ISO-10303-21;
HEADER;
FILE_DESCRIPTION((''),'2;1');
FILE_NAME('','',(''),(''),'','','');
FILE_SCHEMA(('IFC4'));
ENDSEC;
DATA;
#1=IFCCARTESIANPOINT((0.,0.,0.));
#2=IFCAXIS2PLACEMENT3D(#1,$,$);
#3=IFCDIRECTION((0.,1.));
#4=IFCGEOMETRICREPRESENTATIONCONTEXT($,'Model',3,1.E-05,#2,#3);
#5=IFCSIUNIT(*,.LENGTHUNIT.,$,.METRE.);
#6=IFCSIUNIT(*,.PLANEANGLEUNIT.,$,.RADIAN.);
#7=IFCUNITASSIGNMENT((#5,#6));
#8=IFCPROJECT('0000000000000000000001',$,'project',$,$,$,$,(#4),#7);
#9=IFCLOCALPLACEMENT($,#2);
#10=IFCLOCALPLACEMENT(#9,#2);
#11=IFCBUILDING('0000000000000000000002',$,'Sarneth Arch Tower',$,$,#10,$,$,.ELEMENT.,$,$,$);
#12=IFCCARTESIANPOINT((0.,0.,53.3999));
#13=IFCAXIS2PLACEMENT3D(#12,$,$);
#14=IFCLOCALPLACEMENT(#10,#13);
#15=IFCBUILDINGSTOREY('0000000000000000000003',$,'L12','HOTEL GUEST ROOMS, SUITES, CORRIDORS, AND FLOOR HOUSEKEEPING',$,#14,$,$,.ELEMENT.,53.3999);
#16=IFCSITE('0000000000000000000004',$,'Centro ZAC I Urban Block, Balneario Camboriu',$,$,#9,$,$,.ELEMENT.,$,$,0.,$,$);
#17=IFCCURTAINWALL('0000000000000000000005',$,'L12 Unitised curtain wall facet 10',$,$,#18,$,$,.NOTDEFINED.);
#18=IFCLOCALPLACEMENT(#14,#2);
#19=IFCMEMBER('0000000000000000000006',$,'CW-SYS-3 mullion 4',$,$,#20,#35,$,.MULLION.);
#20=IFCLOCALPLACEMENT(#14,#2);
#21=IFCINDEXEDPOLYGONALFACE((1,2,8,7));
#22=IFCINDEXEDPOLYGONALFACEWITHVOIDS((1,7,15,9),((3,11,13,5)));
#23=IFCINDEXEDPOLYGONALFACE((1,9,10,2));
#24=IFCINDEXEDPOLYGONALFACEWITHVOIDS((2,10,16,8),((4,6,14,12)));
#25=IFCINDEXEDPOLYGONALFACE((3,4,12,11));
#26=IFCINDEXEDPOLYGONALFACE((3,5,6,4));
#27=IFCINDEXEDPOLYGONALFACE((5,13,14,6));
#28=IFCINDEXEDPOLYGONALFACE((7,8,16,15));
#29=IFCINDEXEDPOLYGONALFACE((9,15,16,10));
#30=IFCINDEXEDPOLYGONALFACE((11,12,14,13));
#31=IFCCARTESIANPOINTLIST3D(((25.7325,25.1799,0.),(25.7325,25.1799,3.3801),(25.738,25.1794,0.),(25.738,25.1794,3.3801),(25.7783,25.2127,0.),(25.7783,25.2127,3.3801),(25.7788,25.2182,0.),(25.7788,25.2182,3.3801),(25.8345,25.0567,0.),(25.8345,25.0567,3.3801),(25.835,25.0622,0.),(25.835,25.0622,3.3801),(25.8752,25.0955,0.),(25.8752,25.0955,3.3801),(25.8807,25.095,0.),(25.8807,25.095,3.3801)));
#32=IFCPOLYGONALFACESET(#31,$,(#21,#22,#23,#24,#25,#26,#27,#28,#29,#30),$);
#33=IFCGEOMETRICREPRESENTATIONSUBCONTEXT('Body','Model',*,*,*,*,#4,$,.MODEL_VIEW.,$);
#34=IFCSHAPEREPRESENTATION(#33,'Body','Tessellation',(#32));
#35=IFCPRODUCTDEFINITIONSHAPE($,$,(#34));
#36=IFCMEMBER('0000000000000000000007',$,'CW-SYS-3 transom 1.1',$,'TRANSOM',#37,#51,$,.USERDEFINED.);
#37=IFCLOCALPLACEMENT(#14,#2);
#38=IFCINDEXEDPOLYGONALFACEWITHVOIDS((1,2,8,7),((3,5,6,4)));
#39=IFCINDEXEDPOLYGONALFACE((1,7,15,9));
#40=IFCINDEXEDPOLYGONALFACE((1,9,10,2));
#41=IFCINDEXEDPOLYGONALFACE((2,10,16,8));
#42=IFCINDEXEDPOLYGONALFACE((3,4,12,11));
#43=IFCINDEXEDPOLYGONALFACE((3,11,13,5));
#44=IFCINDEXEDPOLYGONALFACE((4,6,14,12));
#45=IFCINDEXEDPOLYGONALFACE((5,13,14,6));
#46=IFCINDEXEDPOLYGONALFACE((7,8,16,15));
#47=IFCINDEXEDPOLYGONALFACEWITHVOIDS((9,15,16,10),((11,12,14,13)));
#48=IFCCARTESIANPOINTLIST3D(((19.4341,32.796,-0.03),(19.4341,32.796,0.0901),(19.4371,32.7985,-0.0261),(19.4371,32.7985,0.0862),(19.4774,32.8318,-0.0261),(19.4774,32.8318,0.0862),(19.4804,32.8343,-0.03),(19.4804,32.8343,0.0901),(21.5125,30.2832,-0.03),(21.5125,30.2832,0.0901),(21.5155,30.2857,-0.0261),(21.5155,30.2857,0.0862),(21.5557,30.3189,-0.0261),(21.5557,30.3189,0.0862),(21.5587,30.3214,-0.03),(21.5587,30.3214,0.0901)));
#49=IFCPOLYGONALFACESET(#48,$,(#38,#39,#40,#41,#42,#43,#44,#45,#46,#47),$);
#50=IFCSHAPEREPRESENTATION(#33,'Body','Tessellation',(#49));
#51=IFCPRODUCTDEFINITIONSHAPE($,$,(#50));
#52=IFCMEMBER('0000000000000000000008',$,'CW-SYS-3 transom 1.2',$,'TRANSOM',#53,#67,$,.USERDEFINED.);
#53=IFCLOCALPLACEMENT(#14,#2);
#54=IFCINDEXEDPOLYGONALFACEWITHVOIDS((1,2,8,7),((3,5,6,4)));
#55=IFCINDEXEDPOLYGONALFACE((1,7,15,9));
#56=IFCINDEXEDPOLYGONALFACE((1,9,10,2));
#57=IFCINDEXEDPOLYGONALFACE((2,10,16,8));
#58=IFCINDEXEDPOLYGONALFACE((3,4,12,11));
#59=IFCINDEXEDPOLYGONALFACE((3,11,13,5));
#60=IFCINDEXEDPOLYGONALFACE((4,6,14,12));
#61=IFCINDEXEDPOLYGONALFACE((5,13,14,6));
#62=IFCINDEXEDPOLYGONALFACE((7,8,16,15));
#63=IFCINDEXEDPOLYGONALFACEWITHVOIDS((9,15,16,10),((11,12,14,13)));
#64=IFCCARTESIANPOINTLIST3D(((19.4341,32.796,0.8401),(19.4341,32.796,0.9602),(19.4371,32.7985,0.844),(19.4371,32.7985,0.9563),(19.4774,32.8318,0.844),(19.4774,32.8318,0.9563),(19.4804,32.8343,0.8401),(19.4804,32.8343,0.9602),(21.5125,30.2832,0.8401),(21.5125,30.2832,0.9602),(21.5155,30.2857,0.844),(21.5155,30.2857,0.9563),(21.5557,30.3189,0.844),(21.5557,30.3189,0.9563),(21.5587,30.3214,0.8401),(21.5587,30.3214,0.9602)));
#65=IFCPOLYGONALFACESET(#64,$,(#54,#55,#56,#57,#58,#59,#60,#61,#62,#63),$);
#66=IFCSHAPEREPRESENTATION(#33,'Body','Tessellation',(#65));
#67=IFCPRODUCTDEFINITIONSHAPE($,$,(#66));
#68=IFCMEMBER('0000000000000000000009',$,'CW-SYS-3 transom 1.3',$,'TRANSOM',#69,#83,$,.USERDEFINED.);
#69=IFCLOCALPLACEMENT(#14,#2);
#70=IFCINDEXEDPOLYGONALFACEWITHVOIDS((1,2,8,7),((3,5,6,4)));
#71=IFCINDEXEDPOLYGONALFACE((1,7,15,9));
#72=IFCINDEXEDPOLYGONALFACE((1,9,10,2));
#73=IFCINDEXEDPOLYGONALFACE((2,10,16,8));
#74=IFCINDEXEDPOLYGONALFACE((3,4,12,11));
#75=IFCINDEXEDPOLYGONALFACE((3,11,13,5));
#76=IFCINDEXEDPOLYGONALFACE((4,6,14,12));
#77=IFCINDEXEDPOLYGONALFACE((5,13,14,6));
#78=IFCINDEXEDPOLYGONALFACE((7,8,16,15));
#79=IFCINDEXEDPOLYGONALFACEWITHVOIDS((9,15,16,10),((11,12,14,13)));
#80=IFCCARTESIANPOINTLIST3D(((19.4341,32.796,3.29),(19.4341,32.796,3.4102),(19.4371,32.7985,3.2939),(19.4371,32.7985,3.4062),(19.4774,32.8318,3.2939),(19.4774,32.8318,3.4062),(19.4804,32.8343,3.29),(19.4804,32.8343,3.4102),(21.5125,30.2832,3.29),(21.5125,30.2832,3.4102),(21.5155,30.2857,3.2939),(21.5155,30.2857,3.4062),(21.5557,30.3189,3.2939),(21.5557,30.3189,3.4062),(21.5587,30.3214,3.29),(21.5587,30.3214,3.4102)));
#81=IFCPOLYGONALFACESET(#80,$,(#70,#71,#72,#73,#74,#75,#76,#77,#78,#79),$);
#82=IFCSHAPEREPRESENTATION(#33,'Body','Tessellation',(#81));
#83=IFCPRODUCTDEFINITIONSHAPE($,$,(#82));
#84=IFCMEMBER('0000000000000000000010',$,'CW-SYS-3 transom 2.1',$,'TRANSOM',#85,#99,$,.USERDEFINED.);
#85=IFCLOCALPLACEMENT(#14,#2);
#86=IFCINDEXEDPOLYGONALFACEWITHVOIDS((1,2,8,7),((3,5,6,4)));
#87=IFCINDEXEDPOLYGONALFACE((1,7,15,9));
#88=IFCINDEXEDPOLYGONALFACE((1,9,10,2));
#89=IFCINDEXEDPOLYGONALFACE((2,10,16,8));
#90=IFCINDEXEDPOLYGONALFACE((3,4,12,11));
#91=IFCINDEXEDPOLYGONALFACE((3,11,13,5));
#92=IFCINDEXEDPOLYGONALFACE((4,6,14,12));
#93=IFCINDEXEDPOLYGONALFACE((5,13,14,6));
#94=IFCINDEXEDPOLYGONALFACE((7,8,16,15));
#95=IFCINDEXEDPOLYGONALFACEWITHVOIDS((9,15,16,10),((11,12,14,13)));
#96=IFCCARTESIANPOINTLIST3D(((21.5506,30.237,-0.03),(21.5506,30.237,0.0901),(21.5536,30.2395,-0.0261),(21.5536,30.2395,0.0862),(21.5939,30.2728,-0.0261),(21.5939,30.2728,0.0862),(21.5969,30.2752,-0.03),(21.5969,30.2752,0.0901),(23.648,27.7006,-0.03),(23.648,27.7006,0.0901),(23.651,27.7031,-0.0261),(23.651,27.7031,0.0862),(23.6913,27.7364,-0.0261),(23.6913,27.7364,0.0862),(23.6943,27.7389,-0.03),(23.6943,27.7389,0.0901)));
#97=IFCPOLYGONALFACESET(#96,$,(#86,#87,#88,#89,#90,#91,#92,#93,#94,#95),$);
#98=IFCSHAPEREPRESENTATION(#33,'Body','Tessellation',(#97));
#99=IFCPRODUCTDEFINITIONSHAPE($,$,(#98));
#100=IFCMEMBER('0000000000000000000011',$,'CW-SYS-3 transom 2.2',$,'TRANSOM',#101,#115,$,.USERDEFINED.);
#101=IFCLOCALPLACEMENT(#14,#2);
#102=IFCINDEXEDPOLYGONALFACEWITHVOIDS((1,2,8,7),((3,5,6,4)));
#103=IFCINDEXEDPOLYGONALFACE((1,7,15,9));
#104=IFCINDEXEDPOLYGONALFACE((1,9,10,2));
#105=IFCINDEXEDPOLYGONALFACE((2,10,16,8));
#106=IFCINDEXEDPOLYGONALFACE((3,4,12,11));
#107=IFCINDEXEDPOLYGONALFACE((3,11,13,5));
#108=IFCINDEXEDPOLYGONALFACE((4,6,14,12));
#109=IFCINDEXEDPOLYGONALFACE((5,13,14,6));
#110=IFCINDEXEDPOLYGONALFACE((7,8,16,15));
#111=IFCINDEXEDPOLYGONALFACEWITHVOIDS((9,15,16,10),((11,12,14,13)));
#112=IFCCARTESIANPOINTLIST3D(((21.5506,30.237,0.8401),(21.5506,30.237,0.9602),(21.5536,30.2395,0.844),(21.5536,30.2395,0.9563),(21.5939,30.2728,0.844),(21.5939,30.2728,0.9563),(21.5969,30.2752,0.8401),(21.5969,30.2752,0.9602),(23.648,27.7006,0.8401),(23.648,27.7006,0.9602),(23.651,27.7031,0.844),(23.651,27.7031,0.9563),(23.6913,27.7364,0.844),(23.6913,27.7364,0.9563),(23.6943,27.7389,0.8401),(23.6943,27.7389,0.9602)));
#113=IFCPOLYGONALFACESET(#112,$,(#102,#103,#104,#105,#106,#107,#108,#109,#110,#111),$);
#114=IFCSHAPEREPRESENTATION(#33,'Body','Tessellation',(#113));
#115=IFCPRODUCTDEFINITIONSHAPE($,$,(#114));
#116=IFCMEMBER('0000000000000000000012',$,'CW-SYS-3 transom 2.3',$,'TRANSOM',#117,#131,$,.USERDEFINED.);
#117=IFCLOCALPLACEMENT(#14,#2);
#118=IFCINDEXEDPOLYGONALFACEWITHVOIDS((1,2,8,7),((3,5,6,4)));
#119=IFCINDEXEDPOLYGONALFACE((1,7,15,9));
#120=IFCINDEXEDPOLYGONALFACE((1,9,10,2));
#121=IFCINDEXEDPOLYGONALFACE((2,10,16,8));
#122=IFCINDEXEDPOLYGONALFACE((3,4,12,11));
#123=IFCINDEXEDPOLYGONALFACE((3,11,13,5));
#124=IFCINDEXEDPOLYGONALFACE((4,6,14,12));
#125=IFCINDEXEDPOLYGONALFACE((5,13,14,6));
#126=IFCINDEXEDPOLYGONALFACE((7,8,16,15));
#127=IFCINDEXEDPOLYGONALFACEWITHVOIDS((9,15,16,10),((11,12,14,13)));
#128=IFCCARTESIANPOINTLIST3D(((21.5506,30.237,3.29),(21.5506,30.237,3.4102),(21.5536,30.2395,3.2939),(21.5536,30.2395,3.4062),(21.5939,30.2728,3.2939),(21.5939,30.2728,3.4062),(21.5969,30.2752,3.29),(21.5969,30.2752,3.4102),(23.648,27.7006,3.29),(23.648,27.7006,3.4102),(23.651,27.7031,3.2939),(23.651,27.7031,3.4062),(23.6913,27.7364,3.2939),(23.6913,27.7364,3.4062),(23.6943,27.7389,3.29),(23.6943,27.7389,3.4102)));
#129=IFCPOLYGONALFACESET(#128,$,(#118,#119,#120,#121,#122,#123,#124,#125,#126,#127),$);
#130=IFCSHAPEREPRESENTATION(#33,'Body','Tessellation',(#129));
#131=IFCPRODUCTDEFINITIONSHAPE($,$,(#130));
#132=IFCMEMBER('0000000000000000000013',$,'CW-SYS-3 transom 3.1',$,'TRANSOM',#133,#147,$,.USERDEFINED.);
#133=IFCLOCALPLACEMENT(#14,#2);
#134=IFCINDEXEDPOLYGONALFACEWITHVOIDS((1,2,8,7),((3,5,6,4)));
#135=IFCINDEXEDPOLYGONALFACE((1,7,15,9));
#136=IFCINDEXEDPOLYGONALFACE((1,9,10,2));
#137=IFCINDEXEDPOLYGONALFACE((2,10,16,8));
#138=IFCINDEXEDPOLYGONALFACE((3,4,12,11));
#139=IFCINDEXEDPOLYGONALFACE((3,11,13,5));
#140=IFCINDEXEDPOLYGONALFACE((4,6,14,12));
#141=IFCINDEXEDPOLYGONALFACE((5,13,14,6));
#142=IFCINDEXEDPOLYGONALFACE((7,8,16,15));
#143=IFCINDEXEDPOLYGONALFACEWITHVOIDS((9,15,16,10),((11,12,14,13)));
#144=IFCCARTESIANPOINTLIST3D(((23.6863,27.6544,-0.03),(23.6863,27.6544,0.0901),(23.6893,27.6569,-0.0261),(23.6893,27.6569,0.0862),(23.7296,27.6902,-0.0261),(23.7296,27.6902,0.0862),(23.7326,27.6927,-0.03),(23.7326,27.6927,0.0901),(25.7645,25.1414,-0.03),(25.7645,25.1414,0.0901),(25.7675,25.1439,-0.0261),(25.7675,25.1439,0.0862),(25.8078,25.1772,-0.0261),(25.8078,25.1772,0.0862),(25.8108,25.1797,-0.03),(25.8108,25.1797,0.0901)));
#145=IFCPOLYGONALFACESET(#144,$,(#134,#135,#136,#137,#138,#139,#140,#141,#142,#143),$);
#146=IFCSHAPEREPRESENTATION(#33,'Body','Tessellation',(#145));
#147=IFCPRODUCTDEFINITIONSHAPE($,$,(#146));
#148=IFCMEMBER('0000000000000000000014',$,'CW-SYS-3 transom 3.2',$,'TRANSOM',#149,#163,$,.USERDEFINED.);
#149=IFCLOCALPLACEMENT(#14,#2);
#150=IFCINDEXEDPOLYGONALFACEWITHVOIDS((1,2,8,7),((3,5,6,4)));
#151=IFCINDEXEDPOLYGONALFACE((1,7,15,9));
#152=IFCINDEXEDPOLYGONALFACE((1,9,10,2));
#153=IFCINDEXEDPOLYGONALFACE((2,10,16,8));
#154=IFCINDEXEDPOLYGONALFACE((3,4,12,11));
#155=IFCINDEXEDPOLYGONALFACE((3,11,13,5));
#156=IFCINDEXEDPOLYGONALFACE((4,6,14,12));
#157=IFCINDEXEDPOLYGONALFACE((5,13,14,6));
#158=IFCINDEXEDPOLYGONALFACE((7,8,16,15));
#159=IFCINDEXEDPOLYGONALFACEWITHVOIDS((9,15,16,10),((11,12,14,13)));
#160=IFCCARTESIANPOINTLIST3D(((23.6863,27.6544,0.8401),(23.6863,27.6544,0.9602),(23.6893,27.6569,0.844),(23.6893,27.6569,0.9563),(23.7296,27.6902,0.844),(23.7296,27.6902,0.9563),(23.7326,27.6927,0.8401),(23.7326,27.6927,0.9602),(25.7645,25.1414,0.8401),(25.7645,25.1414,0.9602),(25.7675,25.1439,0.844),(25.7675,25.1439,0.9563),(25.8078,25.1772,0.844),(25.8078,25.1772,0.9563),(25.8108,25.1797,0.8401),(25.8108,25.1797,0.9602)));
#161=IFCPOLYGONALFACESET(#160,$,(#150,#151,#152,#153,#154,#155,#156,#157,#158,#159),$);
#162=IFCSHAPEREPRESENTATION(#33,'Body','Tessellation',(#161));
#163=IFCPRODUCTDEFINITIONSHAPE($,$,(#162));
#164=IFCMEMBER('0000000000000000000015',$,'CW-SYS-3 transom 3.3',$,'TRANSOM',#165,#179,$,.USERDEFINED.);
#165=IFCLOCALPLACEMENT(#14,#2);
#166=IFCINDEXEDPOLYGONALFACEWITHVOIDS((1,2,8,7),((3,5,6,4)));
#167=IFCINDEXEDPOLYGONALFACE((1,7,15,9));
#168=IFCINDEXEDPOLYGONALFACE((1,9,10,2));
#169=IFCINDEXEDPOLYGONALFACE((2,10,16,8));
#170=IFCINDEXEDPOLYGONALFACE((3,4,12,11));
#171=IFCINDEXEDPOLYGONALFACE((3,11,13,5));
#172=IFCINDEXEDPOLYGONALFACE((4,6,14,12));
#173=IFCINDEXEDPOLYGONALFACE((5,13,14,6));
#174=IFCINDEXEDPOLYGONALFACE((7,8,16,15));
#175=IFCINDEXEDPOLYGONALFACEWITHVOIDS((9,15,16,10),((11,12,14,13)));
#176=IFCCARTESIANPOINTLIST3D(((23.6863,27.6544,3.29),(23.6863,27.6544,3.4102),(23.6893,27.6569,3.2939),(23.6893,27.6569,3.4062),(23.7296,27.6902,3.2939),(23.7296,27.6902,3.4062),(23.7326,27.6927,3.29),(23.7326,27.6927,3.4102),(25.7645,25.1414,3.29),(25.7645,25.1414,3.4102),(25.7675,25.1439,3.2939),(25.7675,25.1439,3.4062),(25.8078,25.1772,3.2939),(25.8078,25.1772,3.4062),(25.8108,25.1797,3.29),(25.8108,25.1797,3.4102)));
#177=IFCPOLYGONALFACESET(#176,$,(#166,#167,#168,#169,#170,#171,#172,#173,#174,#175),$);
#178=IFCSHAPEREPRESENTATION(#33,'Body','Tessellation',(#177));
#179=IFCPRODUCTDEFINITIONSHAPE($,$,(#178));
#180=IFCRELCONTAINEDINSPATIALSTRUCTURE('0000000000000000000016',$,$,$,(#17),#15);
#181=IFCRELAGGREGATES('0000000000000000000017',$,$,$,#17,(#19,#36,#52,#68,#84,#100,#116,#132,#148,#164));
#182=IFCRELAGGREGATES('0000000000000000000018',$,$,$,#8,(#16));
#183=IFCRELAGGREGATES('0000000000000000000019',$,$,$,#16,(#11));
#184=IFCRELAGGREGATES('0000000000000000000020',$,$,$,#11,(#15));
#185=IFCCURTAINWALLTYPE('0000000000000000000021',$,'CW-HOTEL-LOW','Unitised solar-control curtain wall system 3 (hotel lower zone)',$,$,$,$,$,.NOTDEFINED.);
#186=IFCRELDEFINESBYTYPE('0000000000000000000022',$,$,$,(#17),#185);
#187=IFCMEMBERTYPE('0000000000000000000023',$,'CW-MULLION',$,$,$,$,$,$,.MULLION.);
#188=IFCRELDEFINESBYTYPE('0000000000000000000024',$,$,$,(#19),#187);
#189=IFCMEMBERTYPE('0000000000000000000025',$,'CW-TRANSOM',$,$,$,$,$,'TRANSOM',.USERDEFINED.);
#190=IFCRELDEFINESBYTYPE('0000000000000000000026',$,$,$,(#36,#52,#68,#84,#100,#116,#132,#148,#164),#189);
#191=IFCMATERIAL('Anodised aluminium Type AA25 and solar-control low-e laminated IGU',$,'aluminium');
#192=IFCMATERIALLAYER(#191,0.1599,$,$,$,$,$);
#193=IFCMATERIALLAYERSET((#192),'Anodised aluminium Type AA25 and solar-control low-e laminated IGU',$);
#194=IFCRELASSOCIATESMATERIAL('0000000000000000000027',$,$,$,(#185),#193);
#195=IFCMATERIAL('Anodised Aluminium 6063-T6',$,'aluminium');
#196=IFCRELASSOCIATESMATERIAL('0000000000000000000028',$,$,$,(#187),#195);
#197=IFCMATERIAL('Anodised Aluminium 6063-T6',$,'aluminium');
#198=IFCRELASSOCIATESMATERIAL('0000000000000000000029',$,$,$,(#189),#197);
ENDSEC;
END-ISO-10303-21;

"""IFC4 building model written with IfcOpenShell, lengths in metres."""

from ifc_helpers import new_model, si_unit, direction, frame, origin, origin_2d, place, context, subcontext, project, spatial, hollow_rectangle, extrude, material, layer, layer_set, material_profile, profile_set, type_object, element, aggregate, save


model = new_model("IFC4")

# Units and contexts
model_context = context("Model", 3, precision=1e-05, world=origin(), true_north=direction((0.0, 1.0)))
body_context = subcontext(model_context, "Body", "Model", "MODEL_VIEW")
ifc_project = project(units=[si_unit("LENGTHUNIT", "METRE"), si_unit("PLANEANGLEUNIT", "RADIAN")], contexts=[model_context])

# Site, building, storey
site_placement = place(None, origin())
site = spatial("IfcSite", under=ifc_project, at=site_placement, Name="Centro ZAC I Urban Block, Balneario Camboriu", CompositionType="ELEMENT", RefElevation=0.0)
building_placement = place(site_placement, origin())
building = spatial("IfcBuilding", under=site, at=building_placement, Name="Sarneth Arch Tower", CompositionType="ELEMENT")
storey_placement = place(building_placement, frame((0.0, 0.0, 53.3999)))
storey = spatial("IfcBuildingStorey", under=building, at=storey_placement, Name="L12", Description="HOTEL GUEST ROOMS, SUITES, CORRIDORS, AND FLOOR HOUSEKEEPING", CompositionType="ELEMENT", Elevation=53.3999)

# Curtain wall, members
ifc_material_1 = material(Name="Anodised aluminium Type AA25 and solar-control low-e laminated IGU", Category="aluminium")
ifc_layer_1 = layer(ifc_material_1, 0.1599)
ifc_layer_set_1 = layer_set([ifc_layer_1], Name="Anodised aluminium Type AA25 and solar-control low-e laminated IGU")
curtain_wall_type = type_object("IfcCurtainWallType", Name="CW-HOTEL-LOW", Description="Unitised solar-control curtain wall system 3 (hotel lower zone)", PredefinedType="NOTDEFINED", material=ifc_layer_set_1)
curtain_wall_placement = place(storey_placement, origin())
curtain_wall = element("IfcCurtainWall", 1, at=curtain_wall_placement, inside=storey, type_object=curtain_wall_type, Name="L12 Unitised curtain wall facet 10", PredefinedType="NOTDEFINED")
ifc_material_2 = material(Name="Anodised Aluminium 6063-T6", Category="aluminium")
ifc_material_profile_1 = material_profile(ifc_material_2, hollow_rectangle(XDim=0.0601, YDim=0.1599, WallThickness=0.0039, at=origin_2d()), Name="AL-MULL-160x60x4")
ifc_profile_set_1 = profile_set([ifc_material_profile_1], Name="Anodised Aluminium 6063-T6")
member_type_1 = type_object("IfcMemberType", Name="CW-MULLION", PredefinedType="MULLION", material=ifc_profile_set_1)
member_1_placement = place(storey_placement, frame((25.8066, 25.1375, 0.0), z_axis=(0.0, 0.0, 1.0), x_axis=(0.770623, 0.637291, 0.0)))
member_1 = element("IfcMember", 2, at=member_1_placement, type_object=member_type_1, Name="CW-SYS-3 mullion 4", PredefinedType="MULLION", context=body_context, shape_type="SweptSolid", body=[
    extrude(hollow_rectangle(XDim=0.0601, YDim=0.1599, WallThickness=0.0039, at=origin_2d()), origin(), (0.0, 0.0, 1.0), 3.3801),
])
ifc_material_3 = material(Name="Anodised Aluminium 6063-T6", Category="aluminium")
ifc_material_profile_2 = material_profile(ifc_material_3, hollow_rectangle(XDim=0.0601, YDim=0.1201, WallThickness=0.0039, at=origin_2d()), Name="AL-TRAN-120x60x4")
ifc_profile_set_2 = profile_set([ifc_material_profile_2], Name="Anodised Aluminium 6063-T6")
member_type_2 = type_object("IfcMemberType", Name="CW-TRANSOM", ElementType="TRANSOM", PredefinedType="USERDEFINED", material=ifc_profile_set_2)
member_2_placement = place(storey_placement, frame((19.4573, 32.8152, 0.03), z_axis=(0.63733, -0.770591, 0.0), x_axis=(0.770591, 0.63733, 0.0)))
member_2 = element("IfcMember", 3, at=member_2_placement, type_object=member_type_2, Name="CW-SYS-3 transom 1.1", ObjectType="TRANSOM", PredefinedType="USERDEFINED", context=body_context, shape_type="SweptSolid", body=[
    extrude(hollow_rectangle(XDim=0.0601, YDim=0.1201, WallThickness=0.0039, at=origin_2d()), origin(), (0.0, 0.0, 1.0), 3.261),
])
member_3_placement = place(storey_placement, frame((19.4573, 32.8152, 0.9001), z_axis=(0.63733, -0.770591, 0.0), x_axis=(0.770591, 0.63733, 0.0)))
member_3 = element("IfcMember", 4, at=member_3_placement, type_object=member_type_2, Name="CW-SYS-3 transom 1.2", ObjectType="TRANSOM", PredefinedType="USERDEFINED", context=body_context, shape_type="SweptSolid", body=[
    extrude(hollow_rectangle(XDim=0.0601, YDim=0.1201, WallThickness=0.0039, at=origin_2d()), origin(), (0.0, 0.0, 1.0), 3.261),
])
member_4_placement = place(storey_placement, frame((19.4573, 32.8152, 3.3501), z_axis=(0.63733, -0.770591, 0.0), x_axis=(0.770591, 0.63733, 0.0)))
member_4 = element("IfcMember", 5, at=member_4_placement, type_object=member_type_2, Name="CW-SYS-3 transom 1.3", ObjectType="TRANSOM", PredefinedType="USERDEFINED", context=body_context, shape_type="SweptSolid", body=[
    extrude(hollow_rectangle(XDim=0.0601, YDim=0.1201, WallThickness=0.0039, at=origin_2d()), origin(), (0.0, 0.0, 1.0), 3.261),
])
member_5_placement = place(storey_placement, frame((21.5737, 30.2561, 0.03), z_axis=(0.637269, -0.770642, 0.0), x_axis=(0.770642, 0.637269, 0.0)))
member_5 = element("IfcMember", 6, at=member_5_placement, type_object=member_type_2, Name="CW-SYS-3 transom 2.1", ObjectType="TRANSOM", PredefinedType="USERDEFINED", context=body_context, shape_type="SweptSolid", body=[
    extrude(hollow_rectangle(XDim=0.0601, YDim=0.1201, WallThickness=0.0039, at=origin_2d()), origin(), (0.0, 0.0, 1.0), 3.2913),
])
member_6_placement = place(storey_placement, frame((21.5737, 30.2561, 0.9001), z_axis=(0.637269, -0.770642, 0.0), x_axis=(0.770642, 0.637269, 0.0)))
member_6 = element("IfcMember", 7, at=member_6_placement, type_object=member_type_2, Name="CW-SYS-3 transom 2.2", ObjectType="TRANSOM", PredefinedType="USERDEFINED", context=body_context, shape_type="SweptSolid", body=[
    extrude(hollow_rectangle(XDim=0.0601, YDim=0.1201, WallThickness=0.0039, at=origin_2d()), origin(), (0.0, 0.0, 1.0), 3.2913),
])
member_7_placement = place(storey_placement, frame((21.5737, 30.2561, 3.3501), z_axis=(0.637269, -0.770642, 0.0), x_axis=(0.770642, 0.637269, 0.0)))
member_7 = element("IfcMember", 8, at=member_7_placement, type_object=member_type_2, Name="CW-SYS-3 transom 2.3", ObjectType="TRANSOM", PredefinedType="USERDEFINED", context=body_context, shape_type="SweptSolid", body=[
    extrude(hollow_rectangle(XDim=0.0601, YDim=0.1201, WallThickness=0.0039, at=origin_2d()), origin(), (0.0, 0.0, 1.0), 3.2913),
])
member_8_placement = place(storey_placement, frame((23.7095, 27.6736, 0.03), z_axis=(0.637286, -0.770628, 0.0), x_axis=(0.770628, 0.637286, 0.0)))
member_8 = element("IfcMember", 9, at=member_8_placement, type_object=member_type_2, Name="CW-SYS-3 transom 3.1", ObjectType="TRANSOM", PredefinedType="USERDEFINED", context=body_context, shape_type="SweptSolid", body=[
    extrude(hollow_rectangle(XDim=0.0601, YDim=0.1201, WallThickness=0.0039, at=origin_2d()), origin(), (0.0, 0.0, 1.0), 3.261),
])
member_9_placement = place(storey_placement, frame((23.7095, 27.6736, 0.9001), z_axis=(0.637286, -0.770628, 0.0), x_axis=(0.770628, 0.637286, 0.0)))
member_9 = element("IfcMember", 10, at=member_9_placement, type_object=member_type_2, Name="CW-SYS-3 transom 3.2", ObjectType="TRANSOM", PredefinedType="USERDEFINED", context=body_context, shape_type="SweptSolid", body=[
    extrude(hollow_rectangle(XDim=0.0601, YDim=0.1201, WallThickness=0.0039, at=origin_2d()), origin(), (0.0, 0.0, 1.0), 3.261),
])
member_10_placement = place(storey_placement, frame((23.7095, 27.6736, 3.3501), z_axis=(0.637286, -0.770628, 0.0), x_axis=(0.770628, 0.637286, 0.0)))
member_10 = element("IfcMember", 11, at=member_10_placement, type_object=member_type_2, Name="CW-SYS-3 transom 3.3", ObjectType="TRANSOM", PredefinedType="USERDEFINED", context=body_context, shape_type="SweptSolid", body=[
    extrude(hollow_rectangle(XDim=0.0601, YDim=0.1201, WallThickness=0.0039, at=origin_2d()), origin(), (0.0, 0.0, 1.0), 3.261),
])

aggregate(curtain_wall, [member_1, member_2, member_3, member_4, member_5, member_6, member_7, member_8, member_9, member_10])

save(model, "model.ifc")
